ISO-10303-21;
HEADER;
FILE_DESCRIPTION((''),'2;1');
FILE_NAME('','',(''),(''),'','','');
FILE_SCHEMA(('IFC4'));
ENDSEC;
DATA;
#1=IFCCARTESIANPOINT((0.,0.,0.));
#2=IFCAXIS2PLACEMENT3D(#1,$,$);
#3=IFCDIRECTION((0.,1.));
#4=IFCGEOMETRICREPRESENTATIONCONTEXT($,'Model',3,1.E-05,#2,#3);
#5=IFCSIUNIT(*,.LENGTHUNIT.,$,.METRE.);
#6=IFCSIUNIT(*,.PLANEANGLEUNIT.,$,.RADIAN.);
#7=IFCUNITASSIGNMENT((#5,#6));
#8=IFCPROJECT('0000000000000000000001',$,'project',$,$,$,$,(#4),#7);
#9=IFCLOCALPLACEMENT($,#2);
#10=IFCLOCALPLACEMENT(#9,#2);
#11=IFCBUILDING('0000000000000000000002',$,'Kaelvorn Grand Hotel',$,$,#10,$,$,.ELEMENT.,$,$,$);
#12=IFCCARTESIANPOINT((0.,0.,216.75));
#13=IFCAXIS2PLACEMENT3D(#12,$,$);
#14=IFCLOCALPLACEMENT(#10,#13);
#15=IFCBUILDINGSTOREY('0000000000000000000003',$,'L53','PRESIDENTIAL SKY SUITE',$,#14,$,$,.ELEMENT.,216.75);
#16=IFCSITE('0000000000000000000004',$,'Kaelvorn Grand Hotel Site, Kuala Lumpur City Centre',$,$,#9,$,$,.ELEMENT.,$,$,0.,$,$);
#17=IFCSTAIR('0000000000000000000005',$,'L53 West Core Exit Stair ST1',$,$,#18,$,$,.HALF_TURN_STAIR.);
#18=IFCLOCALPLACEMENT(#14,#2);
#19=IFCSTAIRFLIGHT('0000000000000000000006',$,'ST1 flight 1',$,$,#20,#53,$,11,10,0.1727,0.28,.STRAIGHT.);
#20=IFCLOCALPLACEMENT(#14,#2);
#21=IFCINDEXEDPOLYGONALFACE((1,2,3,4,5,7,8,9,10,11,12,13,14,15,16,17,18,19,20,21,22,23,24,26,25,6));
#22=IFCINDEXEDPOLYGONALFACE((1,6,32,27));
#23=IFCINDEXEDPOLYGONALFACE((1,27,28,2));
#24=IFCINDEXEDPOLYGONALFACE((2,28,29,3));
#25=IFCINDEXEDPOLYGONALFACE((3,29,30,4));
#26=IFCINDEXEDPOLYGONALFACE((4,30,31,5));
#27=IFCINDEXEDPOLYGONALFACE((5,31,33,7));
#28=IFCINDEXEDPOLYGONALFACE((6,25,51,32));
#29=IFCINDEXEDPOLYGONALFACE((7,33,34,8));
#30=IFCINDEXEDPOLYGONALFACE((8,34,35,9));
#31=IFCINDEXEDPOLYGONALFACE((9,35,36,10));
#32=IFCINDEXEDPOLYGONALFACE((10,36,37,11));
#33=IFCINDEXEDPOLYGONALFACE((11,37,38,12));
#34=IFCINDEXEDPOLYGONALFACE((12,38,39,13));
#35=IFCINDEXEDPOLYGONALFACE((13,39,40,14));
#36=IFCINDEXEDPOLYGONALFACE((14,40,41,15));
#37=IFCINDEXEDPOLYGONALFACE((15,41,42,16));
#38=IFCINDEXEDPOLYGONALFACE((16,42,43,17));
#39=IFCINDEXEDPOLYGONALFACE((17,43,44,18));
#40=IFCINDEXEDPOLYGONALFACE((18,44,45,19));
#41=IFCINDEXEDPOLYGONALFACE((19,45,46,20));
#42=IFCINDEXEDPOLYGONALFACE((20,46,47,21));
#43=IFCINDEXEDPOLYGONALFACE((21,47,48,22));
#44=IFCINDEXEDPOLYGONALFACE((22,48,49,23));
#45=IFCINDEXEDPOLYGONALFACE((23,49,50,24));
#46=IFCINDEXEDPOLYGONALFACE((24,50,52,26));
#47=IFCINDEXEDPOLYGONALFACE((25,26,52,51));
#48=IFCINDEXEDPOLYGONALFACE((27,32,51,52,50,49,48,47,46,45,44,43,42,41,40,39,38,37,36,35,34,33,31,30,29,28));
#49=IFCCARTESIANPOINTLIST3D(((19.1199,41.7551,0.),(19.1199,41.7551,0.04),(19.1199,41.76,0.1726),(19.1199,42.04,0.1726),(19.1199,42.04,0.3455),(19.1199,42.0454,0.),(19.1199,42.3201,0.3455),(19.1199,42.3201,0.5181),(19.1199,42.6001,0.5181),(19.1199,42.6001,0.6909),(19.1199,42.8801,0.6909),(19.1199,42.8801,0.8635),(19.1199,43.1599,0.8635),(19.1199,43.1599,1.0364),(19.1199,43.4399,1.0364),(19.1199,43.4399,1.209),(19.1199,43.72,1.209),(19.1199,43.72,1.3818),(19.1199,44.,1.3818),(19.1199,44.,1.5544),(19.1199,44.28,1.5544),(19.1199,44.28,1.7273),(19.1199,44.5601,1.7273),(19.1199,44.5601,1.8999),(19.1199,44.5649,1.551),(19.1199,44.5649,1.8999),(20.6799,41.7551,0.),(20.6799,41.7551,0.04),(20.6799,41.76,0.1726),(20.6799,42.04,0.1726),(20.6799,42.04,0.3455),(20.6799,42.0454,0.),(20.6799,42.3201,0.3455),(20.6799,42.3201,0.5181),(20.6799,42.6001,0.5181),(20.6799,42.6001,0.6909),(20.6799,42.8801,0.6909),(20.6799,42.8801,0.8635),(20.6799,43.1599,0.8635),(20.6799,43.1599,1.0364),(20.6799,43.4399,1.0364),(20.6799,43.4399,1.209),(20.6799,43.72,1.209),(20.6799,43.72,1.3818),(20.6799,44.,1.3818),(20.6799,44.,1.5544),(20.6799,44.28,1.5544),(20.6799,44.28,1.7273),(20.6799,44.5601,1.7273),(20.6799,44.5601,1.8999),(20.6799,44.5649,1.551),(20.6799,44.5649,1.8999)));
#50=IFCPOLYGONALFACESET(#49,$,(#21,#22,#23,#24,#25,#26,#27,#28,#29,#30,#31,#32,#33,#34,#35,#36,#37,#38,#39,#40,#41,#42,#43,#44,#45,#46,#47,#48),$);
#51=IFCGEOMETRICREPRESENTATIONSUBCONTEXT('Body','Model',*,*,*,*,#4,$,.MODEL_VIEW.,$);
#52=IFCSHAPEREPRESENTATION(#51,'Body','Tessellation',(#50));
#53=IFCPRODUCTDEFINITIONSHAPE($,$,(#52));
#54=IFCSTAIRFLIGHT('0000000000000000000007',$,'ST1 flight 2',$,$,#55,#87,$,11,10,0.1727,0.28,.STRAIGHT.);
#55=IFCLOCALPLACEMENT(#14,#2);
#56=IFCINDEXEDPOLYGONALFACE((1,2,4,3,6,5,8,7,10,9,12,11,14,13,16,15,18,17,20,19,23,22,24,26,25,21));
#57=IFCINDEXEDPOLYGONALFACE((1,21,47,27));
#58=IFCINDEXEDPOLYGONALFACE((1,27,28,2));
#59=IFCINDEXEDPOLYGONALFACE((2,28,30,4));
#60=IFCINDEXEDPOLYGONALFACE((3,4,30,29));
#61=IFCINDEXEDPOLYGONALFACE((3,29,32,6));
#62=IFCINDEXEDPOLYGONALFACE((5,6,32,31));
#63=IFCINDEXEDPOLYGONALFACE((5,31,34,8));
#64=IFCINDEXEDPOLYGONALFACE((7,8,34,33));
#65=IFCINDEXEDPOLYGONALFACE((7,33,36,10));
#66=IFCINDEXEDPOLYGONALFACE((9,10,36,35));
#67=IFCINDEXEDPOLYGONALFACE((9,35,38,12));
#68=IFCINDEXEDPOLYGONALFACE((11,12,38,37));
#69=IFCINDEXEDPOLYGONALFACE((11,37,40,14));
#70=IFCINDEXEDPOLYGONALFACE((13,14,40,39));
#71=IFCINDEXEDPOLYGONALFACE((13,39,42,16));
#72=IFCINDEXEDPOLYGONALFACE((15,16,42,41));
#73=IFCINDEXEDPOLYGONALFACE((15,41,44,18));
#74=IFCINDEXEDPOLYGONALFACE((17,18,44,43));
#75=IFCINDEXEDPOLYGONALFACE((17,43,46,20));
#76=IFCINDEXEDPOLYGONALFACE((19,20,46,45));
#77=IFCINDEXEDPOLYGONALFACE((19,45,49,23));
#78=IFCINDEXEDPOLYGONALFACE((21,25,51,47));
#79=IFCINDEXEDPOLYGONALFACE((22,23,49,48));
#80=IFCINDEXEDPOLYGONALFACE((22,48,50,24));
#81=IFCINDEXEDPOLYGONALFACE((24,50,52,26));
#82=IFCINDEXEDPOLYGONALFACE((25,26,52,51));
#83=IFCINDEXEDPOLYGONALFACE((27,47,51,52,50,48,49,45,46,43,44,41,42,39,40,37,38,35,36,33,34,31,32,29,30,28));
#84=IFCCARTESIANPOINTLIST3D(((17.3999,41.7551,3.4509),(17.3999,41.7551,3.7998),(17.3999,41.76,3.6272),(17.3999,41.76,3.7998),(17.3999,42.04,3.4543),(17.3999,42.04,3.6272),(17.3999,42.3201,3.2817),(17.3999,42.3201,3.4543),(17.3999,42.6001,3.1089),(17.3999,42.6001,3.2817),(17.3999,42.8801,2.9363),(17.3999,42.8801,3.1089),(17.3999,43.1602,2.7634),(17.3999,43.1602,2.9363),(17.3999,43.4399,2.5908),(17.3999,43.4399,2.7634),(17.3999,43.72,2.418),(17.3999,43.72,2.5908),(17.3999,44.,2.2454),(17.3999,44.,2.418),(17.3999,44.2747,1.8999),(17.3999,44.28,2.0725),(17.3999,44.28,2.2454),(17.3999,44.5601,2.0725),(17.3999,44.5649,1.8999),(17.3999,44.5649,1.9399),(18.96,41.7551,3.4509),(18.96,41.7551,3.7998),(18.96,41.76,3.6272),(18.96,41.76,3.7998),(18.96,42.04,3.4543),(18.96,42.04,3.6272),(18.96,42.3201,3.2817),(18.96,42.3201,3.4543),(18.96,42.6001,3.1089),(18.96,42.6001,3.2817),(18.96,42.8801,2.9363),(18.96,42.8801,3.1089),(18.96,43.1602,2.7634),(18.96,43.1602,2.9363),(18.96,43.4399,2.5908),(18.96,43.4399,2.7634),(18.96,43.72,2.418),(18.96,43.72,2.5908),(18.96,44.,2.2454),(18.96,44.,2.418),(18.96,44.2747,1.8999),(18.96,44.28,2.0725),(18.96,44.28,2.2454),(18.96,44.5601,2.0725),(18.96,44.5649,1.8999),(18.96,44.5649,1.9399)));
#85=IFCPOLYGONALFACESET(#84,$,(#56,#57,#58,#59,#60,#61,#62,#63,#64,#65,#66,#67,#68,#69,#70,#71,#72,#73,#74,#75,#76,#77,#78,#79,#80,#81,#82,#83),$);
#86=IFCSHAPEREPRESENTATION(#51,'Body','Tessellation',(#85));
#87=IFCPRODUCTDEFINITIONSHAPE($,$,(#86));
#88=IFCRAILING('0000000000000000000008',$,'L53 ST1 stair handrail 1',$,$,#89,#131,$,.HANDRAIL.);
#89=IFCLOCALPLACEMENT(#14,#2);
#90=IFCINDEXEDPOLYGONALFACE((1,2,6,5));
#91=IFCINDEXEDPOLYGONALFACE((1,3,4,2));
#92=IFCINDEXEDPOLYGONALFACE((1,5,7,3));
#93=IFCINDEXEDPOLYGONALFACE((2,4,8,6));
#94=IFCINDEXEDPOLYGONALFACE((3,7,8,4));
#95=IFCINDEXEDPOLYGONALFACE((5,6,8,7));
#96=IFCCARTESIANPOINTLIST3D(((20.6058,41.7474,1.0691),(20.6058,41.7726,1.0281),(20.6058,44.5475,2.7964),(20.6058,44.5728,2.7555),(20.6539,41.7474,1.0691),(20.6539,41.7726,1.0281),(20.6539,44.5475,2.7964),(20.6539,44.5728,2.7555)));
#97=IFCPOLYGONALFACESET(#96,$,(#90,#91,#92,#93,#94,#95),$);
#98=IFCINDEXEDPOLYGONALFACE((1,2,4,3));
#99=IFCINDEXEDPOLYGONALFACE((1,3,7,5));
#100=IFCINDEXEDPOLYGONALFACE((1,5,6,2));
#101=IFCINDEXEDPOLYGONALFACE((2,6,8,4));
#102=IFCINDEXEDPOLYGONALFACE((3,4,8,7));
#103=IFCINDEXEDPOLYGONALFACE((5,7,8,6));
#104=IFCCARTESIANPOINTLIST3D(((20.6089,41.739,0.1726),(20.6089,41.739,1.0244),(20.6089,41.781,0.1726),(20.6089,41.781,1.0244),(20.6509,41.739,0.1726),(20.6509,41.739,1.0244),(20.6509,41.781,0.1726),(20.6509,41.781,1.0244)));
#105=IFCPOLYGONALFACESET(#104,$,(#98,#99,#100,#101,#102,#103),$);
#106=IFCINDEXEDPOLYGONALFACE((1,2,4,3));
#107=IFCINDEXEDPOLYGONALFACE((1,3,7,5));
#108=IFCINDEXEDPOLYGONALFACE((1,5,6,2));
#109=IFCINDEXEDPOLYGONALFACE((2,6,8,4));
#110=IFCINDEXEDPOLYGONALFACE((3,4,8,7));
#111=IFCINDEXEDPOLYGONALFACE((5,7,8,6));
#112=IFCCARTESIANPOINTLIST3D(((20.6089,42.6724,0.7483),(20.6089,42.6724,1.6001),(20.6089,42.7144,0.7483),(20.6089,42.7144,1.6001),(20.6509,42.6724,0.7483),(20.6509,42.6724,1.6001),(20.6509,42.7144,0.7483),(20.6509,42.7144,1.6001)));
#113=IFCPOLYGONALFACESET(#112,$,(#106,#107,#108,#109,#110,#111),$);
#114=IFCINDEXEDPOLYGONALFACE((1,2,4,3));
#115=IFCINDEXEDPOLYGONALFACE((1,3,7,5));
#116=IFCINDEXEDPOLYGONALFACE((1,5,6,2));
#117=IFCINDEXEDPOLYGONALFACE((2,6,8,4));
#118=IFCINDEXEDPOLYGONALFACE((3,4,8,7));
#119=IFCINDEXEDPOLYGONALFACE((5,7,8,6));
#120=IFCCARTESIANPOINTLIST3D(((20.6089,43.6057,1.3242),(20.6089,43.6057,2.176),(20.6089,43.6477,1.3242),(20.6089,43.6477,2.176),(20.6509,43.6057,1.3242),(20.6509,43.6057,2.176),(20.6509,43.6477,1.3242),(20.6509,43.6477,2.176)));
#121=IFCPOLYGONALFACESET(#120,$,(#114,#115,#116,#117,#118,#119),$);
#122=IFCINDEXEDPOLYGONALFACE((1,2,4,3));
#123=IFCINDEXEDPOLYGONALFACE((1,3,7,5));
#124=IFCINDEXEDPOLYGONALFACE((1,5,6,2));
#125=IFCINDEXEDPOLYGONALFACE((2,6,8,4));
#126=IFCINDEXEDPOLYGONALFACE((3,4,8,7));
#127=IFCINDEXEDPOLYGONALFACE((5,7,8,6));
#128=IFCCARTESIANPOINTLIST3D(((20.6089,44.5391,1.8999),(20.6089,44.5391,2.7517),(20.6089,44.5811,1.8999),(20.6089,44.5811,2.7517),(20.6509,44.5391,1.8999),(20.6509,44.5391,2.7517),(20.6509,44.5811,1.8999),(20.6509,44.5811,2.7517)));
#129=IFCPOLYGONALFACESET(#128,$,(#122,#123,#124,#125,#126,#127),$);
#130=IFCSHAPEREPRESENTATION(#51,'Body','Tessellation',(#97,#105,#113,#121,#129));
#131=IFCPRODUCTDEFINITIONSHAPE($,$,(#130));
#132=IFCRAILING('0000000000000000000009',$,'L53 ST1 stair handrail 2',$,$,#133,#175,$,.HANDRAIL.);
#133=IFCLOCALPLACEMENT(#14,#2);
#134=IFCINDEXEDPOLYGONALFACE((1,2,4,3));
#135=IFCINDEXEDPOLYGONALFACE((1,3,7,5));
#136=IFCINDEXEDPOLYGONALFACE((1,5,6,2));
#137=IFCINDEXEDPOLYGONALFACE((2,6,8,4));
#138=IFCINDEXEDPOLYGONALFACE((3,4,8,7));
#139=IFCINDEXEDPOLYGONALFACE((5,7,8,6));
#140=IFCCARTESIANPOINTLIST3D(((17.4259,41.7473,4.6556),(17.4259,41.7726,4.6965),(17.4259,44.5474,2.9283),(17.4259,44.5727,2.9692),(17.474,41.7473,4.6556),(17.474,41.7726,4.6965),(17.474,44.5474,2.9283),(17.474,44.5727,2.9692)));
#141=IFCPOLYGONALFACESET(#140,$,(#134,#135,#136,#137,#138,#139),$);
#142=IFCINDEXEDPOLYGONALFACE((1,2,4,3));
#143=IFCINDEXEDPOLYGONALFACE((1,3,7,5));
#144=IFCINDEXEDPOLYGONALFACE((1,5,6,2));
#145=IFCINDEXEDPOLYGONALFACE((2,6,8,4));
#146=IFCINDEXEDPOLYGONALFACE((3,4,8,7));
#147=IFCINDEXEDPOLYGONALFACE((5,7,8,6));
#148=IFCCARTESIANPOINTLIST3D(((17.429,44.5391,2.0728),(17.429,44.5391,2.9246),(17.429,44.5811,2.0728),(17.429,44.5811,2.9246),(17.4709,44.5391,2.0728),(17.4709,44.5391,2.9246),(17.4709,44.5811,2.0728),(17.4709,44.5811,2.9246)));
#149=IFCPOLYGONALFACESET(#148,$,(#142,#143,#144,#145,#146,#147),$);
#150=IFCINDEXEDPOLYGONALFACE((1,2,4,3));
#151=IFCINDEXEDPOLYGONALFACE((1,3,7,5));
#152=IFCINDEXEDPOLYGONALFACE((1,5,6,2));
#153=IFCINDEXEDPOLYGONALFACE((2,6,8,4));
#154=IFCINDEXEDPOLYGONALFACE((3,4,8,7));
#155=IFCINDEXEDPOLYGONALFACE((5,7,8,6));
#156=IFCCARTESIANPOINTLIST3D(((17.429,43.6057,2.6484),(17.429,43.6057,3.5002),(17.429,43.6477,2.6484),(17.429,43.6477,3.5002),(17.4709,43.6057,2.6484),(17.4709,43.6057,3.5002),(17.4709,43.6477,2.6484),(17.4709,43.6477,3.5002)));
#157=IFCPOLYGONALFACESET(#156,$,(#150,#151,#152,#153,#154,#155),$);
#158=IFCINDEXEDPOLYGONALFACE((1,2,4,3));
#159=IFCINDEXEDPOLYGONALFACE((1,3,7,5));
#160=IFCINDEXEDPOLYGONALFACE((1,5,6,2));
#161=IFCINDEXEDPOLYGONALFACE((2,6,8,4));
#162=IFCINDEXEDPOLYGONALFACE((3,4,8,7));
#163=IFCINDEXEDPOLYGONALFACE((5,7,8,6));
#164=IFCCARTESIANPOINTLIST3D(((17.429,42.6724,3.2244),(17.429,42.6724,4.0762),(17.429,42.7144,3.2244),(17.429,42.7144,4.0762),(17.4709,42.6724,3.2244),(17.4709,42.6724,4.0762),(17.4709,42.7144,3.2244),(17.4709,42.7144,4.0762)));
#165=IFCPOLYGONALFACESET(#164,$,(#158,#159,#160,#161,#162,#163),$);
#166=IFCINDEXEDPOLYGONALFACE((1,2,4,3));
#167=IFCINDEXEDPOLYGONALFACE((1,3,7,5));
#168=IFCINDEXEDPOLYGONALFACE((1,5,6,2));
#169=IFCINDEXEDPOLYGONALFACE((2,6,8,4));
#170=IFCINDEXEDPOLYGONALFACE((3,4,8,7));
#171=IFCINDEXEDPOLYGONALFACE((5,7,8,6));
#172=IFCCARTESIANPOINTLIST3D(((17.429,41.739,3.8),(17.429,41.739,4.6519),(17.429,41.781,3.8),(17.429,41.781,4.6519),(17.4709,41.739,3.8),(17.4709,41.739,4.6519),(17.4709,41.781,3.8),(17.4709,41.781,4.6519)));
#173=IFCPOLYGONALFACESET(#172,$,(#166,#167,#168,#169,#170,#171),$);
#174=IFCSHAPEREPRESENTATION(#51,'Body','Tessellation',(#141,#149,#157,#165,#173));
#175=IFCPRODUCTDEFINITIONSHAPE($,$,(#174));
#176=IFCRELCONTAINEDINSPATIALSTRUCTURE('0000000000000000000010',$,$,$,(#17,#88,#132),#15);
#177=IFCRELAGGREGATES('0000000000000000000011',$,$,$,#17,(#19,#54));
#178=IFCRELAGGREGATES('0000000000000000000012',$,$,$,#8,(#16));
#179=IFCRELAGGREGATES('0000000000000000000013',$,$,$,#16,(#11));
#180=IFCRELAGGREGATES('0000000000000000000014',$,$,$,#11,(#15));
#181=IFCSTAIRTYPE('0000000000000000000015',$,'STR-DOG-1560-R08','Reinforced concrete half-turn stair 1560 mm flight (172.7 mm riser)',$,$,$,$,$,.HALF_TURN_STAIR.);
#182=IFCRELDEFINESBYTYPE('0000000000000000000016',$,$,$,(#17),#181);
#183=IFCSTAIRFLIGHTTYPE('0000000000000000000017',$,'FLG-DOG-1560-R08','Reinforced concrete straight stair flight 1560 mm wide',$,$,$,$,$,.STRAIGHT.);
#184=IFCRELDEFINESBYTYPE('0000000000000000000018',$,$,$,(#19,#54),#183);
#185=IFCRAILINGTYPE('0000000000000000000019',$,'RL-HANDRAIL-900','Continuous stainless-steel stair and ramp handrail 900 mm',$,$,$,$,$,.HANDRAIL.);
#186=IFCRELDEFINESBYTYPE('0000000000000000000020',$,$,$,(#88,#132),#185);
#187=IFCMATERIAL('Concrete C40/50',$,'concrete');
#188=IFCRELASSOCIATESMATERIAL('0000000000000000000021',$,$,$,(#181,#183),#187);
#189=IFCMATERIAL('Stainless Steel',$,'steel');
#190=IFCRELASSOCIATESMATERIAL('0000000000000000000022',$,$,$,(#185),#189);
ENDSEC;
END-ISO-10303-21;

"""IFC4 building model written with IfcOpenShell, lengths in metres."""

from ifc_helpers import new_model, si_unit, direction, frame, origin, origin_2d, place, context, subcontext, project, spatial, polyline, rectangle, outline, extrude, material, type_object, element, aggregate, save


model = new_model("IFC4")

# Units and contexts
model_context = context("Model", 3, precision=1e-05, world=origin(), true_north=direction((0.0, 1.0)))
body_context = subcontext(model_context, "Body", "Model", "MODEL_VIEW")
ifc_project = project(units=[si_unit("LENGTHUNIT", "METRE"), si_unit("PLANEANGLEUNIT", "RADIAN")], contexts=[model_context])

# Site, building, storey
site_placement = place(None, origin())
site = spatial("IfcSite", under=ifc_project, at=site_placement, Name="Kaelvorn Grand Hotel Site, Kuala Lumpur City Centre", CompositionType="ELEMENT", RefElevation=0.0)
building_placement = place(site_placement, origin())
building = spatial("IfcBuilding", under=site, at=building_placement, Name="Kaelvorn Grand Hotel", CompositionType="ELEMENT")
storey_placement = place(building_placement, frame((0.0, 0.0, 216.75)))
storey = spatial("IfcBuildingStorey", under=building, at=storey_placement, Name="L53", Description="PRESIDENTIAL SKY SUITE", CompositionType="ELEMENT", Elevation=216.75)

# Shared definitions
ifc_material_1 = material(Name="Concrete C40/50", Category="concrete")

# Stair, stair flights
stair_type = type_object("IfcStairType", Name="STR-DOG-1560-R08", Description="Reinforced concrete half-turn stair 1560 mm flight (172.7 mm riser)", PredefinedType="HALF_TURN_STAIR", material=ifc_material_1)
stair_placement = place(storey_placement, origin())
stair = element("IfcStair", 1, at=stair_placement, inside=storey, type_object=stair_type, Name="L53 West Core Exit Stair ST1", PredefinedType="HALF_TURN_STAIR")
stair_flight_type = type_object("IfcStairFlightType", Name="FLG-DOG-1560-R08", Description="Reinforced concrete straight stair flight 1560 mm wide", PredefinedType="STRAIGHT", material=ifc_material_1)
stair_flight_1_placement = place(storey_placement, frame((19.8999, 41.76, 0.0), z_axis=(0.0, 0.0, 1.0), x_axis=(0.0, 1.0, 0.0)))
stair_flight_1 = element("IfcStairFlight", 2, at=stair_flight_1_placement, type_object=stair_flight_type, Name="ST1 flight 1", NumberOfRisers=11, NumberOfTreads=10, PredefinedType="STRAIGHT", RiserHeight=0.1727, TreadLength=0.28, context=body_context, shape_type="SweptSolid", body=[
    extrude(outline(polyline([(-0.0049, 0.0), (-0.0049, 0.04), (0.0, 0.1726), (0.28, 0.1726), (0.28, 0.3455), (0.5601, 0.3455), (0.5601, 0.5181), (0.8401, 0.5181), (0.8401, 0.6909), (1.1201, 0.6909), (1.1201, 0.8635), (1.3999, 0.8635), (1.3999, 1.0364), (1.6799, 1.0364), (1.6799, 1.209), (1.96, 1.209), (1.96, 1.3818), (2.24, 1.3818), (2.24, 1.5544), (2.52, 1.5544), (2.52, 1.7273), (2.8, 1.7273), (2.8, 1.8999), (2.8049, 1.8999), (2.8049, 1.551), (0.2854, 0.0), (-0.0049, 0.0)])), frame((0.0, 0.78, 0.0), z_axis=(0.0, -1.0, 0.0), x_axis=(1.0, 0.0, 0.0)), (0.0, 0.0, 1.0), 1.5601),
])
stair_flight_2_placement = place(storey_placement, frame((18.1799, 44.5601, 1.8999), z_axis=(0.0, 0.0, 1.0), x_axis=(0.0, -1.0, 0.0)))
stair_flight_2 = element("IfcStairFlight", 3, at=stair_flight_2_placement, type_object=stair_flight_type, Name="ST1 flight 2", NumberOfRisers=11, NumberOfTreads=10, PredefinedType="STRAIGHT", RiserHeight=0.1727, TreadLength=0.28, context=body_context, shape_type="SweptSolid", body=[
    extrude(outline(polyline([(-0.0049, 0.0), (-0.0049, 0.04), (0.0, 0.1726), (0.28, 0.1726), (0.28, 0.3455), (0.5601, 0.3455), (0.5601, 0.5181), (0.8401, 0.5181), (0.8401, 0.6909), (1.1201, 0.6909), (1.1201, 0.8635), (1.3999, 0.8635), (1.3999, 1.0364), (1.6799, 1.0364), (1.6799, 1.209), (1.96, 1.209), (1.96, 1.3818), (2.24, 1.3818), (2.24, 1.5544), (2.52, 1.5544), (2.52, 1.7273), (2.8, 1.7273), (2.8, 1.8999), (2.8049, 1.8999), (2.8049, 1.551), (0.2854, 0.0), (-0.0049, 0.0)])), frame((0.0, 0.78, 0.0), z_axis=(0.0, -1.0, 0.0), x_axis=(1.0, 0.0, 0.0)), (0.0, 0.0, 1.0), 1.5601),
])
aggregate(stair, [stair_flight_1, stair_flight_2])

# Railings
ifc_material_2 = material(Name="Stainless Steel", Category="steel")
railing_type_1 = type_object("IfcRailingType", Name="RL-HANDRAIL-900", Description="Continuous stainless-steel stair and ramp handrail 900 mm", PredefinedType="HANDRAIL", material=ifc_material_2)
railing_1_placement = place(storey_placement, frame((20.6299, 41.76, 0.1726)))
element("IfcRailing", 4, at=railing_1_placement, inside=storey, type_object=railing_type_1, Name="L53 ST1 stair handrail 1", PredefinedType="HANDRAIL", context=body_context, shape_type="SweptSolid", body=[
    extrude(rectangle(XDim=0.0481, YDim=0.0481, at=origin_2d()), frame((0.0, 0.0, 0.876), z_axis=(0.0, 0.85109, 0.52502), x_axis=(-1.0, 0.0, 0.0)), (0.0, 0.0, 1.0), 3.29),
    extrude(rectangle(XDim=0.042, YDim=0.042, at=origin_2d()), origin(), (0.0, 0.0, 1.0), 0.8518),
    extrude(rectangle(XDim=0.042, YDim=0.042, at=origin_2d()), frame((0.0, 0.9333, 0.5757)), (0.0, 0.0, 1.0), 0.8518),
    extrude(rectangle(XDim=0.042, YDim=0.042, at=origin_2d()), frame((0.0, 1.8667, 1.1516)), (0.0, 0.0, 1.0), 0.8518),
    extrude(rectangle(XDim=0.042, YDim=0.042, at=origin_2d()), frame((0.0, 2.8, 1.7273)), (0.0, 0.0, 1.0), 0.8518),
])
railing_2_placement = place(storey_placement, frame((17.45, 44.5601, 2.0728)))
element("IfcRailing", 5, at=railing_2_placement, inside=storey, type_object=railing_type_1, Name="L53 ST1 stair handrail 2", PredefinedType="HANDRAIL", context=body_context, shape_type="SweptSolid", body=[
    extrude(rectangle(XDim=0.0481, YDim=0.0481, at=origin_2d()), frame((0.0, 0.0, 0.876), z_axis=(0.0, -0.85109, 0.52502), x_axis=(1.0, 0.0, 0.0)), (0.0, 0.0, 1.0), 3.29),
    extrude(rectangle(XDim=0.042, YDim=0.042, at=origin_2d()), origin(), (0.0, 0.0, 1.0), 0.8518),
    extrude(rectangle(XDim=0.042, YDim=0.042, at=origin_2d()), frame((0.0, -0.9333, 0.5757)), (0.0, 0.0, 1.0), 0.8518),
    extrude(rectangle(XDim=0.042, YDim=0.042, at=origin_2d()), frame((0.0, -1.8667, 1.1516)), (0.0, 0.0, 1.0), 0.8518),
    extrude(rectangle(XDim=0.042, YDim=0.042, at=origin_2d()), frame((0.0, -2.8, 1.7273)), (0.0, 0.0, 1.0), 0.8518),
])

save(model, "model.ifc")
